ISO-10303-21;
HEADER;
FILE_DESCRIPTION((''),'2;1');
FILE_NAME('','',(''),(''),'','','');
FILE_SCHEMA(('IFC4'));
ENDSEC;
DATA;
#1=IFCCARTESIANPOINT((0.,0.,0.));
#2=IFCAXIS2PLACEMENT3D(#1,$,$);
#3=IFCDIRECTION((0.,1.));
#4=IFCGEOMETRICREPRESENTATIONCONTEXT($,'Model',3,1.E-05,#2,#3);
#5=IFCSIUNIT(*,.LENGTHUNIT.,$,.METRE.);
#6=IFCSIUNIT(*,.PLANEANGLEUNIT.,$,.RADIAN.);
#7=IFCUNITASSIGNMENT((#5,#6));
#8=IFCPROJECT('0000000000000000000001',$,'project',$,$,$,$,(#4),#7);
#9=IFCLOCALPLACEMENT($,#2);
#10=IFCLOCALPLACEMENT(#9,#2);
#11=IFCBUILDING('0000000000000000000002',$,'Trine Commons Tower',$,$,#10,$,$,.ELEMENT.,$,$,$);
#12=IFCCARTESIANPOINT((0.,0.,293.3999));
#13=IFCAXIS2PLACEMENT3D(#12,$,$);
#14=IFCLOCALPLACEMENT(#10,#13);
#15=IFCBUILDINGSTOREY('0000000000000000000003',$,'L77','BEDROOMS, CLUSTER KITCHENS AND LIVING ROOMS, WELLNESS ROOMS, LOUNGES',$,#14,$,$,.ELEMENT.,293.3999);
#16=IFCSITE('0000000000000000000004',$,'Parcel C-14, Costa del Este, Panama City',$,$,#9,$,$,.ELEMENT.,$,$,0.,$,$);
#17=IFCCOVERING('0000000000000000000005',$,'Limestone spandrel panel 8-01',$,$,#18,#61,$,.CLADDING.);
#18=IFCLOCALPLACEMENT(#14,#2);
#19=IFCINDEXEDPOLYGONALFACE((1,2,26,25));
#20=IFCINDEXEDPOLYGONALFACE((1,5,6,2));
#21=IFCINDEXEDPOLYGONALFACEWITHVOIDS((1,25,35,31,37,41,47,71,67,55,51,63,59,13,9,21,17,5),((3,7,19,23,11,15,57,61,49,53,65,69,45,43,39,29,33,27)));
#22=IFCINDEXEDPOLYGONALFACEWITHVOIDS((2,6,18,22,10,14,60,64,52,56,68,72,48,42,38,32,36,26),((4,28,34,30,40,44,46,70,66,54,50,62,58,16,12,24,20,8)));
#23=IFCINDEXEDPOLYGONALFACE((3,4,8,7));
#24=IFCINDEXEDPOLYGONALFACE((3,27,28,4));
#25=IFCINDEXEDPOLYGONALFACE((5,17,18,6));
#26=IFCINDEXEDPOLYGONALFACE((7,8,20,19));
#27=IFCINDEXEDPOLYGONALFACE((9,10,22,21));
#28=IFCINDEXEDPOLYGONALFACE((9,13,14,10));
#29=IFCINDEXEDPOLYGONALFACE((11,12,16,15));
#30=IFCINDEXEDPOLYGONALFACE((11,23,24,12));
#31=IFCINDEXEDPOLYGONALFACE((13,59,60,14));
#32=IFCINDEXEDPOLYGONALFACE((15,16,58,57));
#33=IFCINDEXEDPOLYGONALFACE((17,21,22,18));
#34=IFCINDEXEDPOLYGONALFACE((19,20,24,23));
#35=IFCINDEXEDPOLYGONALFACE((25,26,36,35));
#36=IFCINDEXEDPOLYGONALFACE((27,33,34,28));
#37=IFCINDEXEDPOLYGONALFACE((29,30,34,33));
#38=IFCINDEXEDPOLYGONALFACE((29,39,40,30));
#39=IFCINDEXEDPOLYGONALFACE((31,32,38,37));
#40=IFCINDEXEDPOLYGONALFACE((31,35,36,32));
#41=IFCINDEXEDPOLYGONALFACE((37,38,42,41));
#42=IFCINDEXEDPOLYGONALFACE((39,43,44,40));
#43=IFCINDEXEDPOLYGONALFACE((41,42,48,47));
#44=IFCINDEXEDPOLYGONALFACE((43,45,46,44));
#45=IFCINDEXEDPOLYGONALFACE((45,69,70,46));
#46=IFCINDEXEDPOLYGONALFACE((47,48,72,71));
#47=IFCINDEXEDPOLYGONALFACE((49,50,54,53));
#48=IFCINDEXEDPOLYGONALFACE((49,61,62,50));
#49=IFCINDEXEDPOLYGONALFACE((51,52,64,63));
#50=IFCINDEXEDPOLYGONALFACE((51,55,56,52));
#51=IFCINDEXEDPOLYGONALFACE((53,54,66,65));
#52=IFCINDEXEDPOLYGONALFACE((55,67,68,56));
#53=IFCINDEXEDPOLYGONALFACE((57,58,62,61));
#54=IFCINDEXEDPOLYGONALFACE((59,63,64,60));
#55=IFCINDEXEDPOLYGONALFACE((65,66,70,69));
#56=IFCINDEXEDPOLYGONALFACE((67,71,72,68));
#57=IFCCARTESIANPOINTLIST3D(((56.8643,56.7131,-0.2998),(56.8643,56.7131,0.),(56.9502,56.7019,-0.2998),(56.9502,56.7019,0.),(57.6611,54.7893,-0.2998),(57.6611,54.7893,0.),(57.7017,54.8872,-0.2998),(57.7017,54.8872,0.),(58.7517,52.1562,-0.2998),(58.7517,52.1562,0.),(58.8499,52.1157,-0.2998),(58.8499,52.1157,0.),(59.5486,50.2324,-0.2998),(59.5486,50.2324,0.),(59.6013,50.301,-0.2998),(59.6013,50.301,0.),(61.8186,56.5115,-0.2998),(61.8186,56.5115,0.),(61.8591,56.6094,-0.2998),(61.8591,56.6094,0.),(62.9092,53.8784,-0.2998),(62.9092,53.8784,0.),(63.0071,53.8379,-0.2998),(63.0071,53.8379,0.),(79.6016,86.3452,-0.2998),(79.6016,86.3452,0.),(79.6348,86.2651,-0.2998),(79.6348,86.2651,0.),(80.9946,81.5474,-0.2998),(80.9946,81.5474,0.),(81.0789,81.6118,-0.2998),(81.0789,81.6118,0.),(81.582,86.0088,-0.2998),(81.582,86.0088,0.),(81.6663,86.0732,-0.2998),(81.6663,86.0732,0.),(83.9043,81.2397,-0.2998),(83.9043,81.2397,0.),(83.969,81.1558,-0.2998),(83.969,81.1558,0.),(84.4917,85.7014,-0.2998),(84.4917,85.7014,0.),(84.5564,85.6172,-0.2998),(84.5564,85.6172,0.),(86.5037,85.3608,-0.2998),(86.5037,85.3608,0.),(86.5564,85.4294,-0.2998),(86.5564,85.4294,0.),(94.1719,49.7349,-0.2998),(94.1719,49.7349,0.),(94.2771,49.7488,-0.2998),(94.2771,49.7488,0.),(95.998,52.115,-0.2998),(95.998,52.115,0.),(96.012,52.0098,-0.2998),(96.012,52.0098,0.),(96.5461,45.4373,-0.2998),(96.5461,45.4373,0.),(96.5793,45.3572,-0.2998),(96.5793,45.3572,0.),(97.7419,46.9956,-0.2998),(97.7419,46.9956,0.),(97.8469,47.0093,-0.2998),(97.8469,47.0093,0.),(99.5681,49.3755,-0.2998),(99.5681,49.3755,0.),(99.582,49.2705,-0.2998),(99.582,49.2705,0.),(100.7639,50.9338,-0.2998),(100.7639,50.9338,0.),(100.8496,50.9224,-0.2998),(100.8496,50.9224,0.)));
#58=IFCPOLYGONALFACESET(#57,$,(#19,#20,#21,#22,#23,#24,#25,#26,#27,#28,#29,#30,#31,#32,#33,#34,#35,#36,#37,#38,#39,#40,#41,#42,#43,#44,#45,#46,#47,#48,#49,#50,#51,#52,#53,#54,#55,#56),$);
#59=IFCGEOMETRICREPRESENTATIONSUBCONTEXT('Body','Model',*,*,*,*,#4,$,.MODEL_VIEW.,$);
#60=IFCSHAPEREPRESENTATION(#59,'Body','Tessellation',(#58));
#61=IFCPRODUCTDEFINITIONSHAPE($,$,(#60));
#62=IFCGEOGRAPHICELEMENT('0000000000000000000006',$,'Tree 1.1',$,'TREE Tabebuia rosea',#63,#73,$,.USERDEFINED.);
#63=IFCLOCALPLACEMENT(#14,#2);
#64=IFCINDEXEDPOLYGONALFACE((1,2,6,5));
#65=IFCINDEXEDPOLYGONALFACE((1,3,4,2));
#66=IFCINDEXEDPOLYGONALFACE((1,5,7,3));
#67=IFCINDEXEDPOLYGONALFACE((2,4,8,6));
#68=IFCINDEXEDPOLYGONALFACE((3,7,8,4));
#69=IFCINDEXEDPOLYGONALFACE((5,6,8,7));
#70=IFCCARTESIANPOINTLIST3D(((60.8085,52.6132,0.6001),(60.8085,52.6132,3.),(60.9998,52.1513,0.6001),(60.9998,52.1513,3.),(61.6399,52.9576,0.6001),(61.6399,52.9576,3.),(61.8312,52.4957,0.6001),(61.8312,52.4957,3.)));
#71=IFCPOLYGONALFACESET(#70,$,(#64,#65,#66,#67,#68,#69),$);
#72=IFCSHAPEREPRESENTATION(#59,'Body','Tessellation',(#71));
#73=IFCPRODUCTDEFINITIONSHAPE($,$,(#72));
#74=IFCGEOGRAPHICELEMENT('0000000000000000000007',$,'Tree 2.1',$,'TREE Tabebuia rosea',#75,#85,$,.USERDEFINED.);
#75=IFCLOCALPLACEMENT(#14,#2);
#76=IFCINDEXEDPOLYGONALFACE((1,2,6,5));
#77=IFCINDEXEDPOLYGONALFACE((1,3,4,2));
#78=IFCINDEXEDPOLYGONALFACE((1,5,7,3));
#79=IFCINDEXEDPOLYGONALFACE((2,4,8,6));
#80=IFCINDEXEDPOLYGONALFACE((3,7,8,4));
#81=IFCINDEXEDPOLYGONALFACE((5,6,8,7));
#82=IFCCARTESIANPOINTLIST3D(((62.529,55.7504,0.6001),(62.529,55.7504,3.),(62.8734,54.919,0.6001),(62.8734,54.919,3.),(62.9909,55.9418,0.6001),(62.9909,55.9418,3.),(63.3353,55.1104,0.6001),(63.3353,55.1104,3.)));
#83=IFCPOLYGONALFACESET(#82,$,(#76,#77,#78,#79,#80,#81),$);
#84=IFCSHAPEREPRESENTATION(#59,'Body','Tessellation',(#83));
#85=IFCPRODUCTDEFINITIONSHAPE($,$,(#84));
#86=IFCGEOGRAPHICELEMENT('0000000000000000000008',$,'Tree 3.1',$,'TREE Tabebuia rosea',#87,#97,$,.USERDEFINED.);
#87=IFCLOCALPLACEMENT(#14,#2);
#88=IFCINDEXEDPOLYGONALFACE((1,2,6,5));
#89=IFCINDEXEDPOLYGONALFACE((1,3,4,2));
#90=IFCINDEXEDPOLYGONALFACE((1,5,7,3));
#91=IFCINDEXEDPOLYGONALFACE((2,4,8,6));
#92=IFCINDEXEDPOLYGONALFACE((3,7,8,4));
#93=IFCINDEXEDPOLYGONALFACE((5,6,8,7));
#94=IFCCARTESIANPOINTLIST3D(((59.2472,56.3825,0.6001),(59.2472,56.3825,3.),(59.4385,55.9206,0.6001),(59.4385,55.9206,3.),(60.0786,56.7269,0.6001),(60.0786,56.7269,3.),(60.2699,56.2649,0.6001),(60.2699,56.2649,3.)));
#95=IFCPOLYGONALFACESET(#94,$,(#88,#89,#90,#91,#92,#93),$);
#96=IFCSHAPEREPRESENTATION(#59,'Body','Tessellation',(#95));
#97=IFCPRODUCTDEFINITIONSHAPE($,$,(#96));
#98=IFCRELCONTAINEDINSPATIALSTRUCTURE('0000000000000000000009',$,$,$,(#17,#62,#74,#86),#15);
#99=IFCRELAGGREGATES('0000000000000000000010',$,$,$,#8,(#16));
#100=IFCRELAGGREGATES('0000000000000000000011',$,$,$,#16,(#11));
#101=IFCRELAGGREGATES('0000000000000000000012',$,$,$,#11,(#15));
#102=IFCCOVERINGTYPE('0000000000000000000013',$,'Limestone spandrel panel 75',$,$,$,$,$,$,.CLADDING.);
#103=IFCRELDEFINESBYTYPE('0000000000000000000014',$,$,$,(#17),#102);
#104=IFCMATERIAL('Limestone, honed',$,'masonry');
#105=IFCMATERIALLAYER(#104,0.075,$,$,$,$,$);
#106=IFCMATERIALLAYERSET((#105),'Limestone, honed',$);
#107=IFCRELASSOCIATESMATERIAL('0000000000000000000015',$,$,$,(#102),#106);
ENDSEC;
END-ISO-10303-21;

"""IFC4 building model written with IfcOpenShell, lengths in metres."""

from ifc_helpers import new_model, si_unit, direction, frame, origin, origin_2d, place, context, subcontext, project, spatial, polyline, rectangle, outline, extrude, material, layer, layer_set, type_object, element, save


model = new_model("IFC4")

# Units and contexts
model_context = context("Model", 3, precision=1e-05, world=origin(), true_north=direction((0.0, 1.0)))
body_context = subcontext(model_context, "Body", "Model", "MODEL_VIEW")
ifc_project = project(units=[si_unit("LENGTHUNIT", "METRE"), si_unit("PLANEANGLEUNIT", "RADIAN")], contexts=[model_context])

# Site, building, storey
site_placement = place(None, origin())
site = spatial("IfcSite", under=ifc_project, at=site_placement, Name="Parcel C-14, Costa del Este, Panama City", CompositionType="ELEMENT", RefElevation=0.0)
building_placement = place(site_placement, origin())
building = spatial("IfcBuilding", under=site, at=building_placement, Name="Trine Commons Tower", CompositionType="ELEMENT")
storey_placement = place(building_placement, frame((0.0, 0.0, 293.3999)))
storey = spatial("IfcBuildingStorey", under=building, at=storey_placement, Name="L77", Description="BEDROOMS, CLUSTER KITCHENS AND LIVING ROOMS, WELLNESS ROOMS, LOUNGES", CompositionType="ELEMENT", Elevation=293.3999)

# Covering
ifc_material_1 = material(Name="Limestone, honed", Category="masonry")
ifc_layer_1 = layer(ifc_material_1, 0.075)
ifc_layer_set_1 = layer_set([ifc_layer_1], Name="Limestone, honed")
covering_type = type_object("IfcCoveringType", Name="Limestone spandrel panel 75", PredefinedType="CLADDING", material=ifc_layer_set_1)
covering_placement = place(storey_placement, frame((0.0, 0.0, -0.2998)))
element("IfcCovering", 1, at=covering_placement, inside=storey, type_object=covering_type, Name="Limestone spandrel panel 8-01", PredefinedType="CLADDING", context=body_context, shape_type="SweptSolid", body=[
    extrude(outline(polyline([(96.012, 52.0098), (99.582, 49.2705), (100.8496, 50.9224), (86.5564, 85.4294), (84.4917, 85.7014), (83.9043, 81.2397), (81.0789, 81.6118), (81.6663, 86.0732), (79.6016, 86.3452), (56.8643, 56.7131), (57.6611, 54.7893), (61.8186, 56.5115), (62.9092, 53.8784), (58.7517, 52.1562), (59.5486, 50.2324), (96.5793, 45.3572), (97.8469, 47.0093), (94.2771, 49.7488), (96.012, 52.0098)]), holes=[polyline([(84.5564, 85.6172), (86.5037, 85.3608), (100.7639, 50.9338), (99.5681, 49.3755), (95.998, 52.115), (94.1719, 49.7349), (97.7419, 46.9956), (96.5461, 45.4373), (59.6013, 50.301), (58.8499, 52.1157), (63.0071, 53.8379), (61.8591, 56.6094), (57.7017, 54.8872), (56.9502, 56.7019), (79.6348, 86.2651), (81.582, 86.0088), (80.9946, 81.5474), (83.969, 81.1558), (84.5564, 85.6172)])]), origin(), (0.0, 0.0, 1.0), 0.2998),
])

# Geographic elements
for number, where, z_axis, x_axis, name in (
    (2, (61.3198, 52.5544, 0.6001), (0.0, 0.0, 1.0), (0.923886, 0.382669, 0.0), "Tree 1.1"),
    (3, (62.9321, 55.4304, 0.6001), (0.0, 0.0, 1.0), (-0.382688, 0.923878, 0.0), "Tree 2.1"),
    (4, (59.7585, 56.3237, 0.6001), (0.0, 0.0, 1.0), (-0.923886, -0.382669, 0.0), "Tree 3.1"),
):
    element("IfcGeographicElement", number, at=place(storey_placement, frame(where, z_axis=z_axis, x_axis=x_axis)), inside=storey, Name=name, ObjectType="TREE Tabebuia rosea", PredefinedType="USERDEFINED", context=body_context, shape_type="SweptSolid", body=[
        extrude(rectangle(XDim=0.8999, YDim=0.5, at=origin_2d()), origin(), (0.0, 0.0, 1.0), 2.3999),
    ])

save(model, "model.ifc")
